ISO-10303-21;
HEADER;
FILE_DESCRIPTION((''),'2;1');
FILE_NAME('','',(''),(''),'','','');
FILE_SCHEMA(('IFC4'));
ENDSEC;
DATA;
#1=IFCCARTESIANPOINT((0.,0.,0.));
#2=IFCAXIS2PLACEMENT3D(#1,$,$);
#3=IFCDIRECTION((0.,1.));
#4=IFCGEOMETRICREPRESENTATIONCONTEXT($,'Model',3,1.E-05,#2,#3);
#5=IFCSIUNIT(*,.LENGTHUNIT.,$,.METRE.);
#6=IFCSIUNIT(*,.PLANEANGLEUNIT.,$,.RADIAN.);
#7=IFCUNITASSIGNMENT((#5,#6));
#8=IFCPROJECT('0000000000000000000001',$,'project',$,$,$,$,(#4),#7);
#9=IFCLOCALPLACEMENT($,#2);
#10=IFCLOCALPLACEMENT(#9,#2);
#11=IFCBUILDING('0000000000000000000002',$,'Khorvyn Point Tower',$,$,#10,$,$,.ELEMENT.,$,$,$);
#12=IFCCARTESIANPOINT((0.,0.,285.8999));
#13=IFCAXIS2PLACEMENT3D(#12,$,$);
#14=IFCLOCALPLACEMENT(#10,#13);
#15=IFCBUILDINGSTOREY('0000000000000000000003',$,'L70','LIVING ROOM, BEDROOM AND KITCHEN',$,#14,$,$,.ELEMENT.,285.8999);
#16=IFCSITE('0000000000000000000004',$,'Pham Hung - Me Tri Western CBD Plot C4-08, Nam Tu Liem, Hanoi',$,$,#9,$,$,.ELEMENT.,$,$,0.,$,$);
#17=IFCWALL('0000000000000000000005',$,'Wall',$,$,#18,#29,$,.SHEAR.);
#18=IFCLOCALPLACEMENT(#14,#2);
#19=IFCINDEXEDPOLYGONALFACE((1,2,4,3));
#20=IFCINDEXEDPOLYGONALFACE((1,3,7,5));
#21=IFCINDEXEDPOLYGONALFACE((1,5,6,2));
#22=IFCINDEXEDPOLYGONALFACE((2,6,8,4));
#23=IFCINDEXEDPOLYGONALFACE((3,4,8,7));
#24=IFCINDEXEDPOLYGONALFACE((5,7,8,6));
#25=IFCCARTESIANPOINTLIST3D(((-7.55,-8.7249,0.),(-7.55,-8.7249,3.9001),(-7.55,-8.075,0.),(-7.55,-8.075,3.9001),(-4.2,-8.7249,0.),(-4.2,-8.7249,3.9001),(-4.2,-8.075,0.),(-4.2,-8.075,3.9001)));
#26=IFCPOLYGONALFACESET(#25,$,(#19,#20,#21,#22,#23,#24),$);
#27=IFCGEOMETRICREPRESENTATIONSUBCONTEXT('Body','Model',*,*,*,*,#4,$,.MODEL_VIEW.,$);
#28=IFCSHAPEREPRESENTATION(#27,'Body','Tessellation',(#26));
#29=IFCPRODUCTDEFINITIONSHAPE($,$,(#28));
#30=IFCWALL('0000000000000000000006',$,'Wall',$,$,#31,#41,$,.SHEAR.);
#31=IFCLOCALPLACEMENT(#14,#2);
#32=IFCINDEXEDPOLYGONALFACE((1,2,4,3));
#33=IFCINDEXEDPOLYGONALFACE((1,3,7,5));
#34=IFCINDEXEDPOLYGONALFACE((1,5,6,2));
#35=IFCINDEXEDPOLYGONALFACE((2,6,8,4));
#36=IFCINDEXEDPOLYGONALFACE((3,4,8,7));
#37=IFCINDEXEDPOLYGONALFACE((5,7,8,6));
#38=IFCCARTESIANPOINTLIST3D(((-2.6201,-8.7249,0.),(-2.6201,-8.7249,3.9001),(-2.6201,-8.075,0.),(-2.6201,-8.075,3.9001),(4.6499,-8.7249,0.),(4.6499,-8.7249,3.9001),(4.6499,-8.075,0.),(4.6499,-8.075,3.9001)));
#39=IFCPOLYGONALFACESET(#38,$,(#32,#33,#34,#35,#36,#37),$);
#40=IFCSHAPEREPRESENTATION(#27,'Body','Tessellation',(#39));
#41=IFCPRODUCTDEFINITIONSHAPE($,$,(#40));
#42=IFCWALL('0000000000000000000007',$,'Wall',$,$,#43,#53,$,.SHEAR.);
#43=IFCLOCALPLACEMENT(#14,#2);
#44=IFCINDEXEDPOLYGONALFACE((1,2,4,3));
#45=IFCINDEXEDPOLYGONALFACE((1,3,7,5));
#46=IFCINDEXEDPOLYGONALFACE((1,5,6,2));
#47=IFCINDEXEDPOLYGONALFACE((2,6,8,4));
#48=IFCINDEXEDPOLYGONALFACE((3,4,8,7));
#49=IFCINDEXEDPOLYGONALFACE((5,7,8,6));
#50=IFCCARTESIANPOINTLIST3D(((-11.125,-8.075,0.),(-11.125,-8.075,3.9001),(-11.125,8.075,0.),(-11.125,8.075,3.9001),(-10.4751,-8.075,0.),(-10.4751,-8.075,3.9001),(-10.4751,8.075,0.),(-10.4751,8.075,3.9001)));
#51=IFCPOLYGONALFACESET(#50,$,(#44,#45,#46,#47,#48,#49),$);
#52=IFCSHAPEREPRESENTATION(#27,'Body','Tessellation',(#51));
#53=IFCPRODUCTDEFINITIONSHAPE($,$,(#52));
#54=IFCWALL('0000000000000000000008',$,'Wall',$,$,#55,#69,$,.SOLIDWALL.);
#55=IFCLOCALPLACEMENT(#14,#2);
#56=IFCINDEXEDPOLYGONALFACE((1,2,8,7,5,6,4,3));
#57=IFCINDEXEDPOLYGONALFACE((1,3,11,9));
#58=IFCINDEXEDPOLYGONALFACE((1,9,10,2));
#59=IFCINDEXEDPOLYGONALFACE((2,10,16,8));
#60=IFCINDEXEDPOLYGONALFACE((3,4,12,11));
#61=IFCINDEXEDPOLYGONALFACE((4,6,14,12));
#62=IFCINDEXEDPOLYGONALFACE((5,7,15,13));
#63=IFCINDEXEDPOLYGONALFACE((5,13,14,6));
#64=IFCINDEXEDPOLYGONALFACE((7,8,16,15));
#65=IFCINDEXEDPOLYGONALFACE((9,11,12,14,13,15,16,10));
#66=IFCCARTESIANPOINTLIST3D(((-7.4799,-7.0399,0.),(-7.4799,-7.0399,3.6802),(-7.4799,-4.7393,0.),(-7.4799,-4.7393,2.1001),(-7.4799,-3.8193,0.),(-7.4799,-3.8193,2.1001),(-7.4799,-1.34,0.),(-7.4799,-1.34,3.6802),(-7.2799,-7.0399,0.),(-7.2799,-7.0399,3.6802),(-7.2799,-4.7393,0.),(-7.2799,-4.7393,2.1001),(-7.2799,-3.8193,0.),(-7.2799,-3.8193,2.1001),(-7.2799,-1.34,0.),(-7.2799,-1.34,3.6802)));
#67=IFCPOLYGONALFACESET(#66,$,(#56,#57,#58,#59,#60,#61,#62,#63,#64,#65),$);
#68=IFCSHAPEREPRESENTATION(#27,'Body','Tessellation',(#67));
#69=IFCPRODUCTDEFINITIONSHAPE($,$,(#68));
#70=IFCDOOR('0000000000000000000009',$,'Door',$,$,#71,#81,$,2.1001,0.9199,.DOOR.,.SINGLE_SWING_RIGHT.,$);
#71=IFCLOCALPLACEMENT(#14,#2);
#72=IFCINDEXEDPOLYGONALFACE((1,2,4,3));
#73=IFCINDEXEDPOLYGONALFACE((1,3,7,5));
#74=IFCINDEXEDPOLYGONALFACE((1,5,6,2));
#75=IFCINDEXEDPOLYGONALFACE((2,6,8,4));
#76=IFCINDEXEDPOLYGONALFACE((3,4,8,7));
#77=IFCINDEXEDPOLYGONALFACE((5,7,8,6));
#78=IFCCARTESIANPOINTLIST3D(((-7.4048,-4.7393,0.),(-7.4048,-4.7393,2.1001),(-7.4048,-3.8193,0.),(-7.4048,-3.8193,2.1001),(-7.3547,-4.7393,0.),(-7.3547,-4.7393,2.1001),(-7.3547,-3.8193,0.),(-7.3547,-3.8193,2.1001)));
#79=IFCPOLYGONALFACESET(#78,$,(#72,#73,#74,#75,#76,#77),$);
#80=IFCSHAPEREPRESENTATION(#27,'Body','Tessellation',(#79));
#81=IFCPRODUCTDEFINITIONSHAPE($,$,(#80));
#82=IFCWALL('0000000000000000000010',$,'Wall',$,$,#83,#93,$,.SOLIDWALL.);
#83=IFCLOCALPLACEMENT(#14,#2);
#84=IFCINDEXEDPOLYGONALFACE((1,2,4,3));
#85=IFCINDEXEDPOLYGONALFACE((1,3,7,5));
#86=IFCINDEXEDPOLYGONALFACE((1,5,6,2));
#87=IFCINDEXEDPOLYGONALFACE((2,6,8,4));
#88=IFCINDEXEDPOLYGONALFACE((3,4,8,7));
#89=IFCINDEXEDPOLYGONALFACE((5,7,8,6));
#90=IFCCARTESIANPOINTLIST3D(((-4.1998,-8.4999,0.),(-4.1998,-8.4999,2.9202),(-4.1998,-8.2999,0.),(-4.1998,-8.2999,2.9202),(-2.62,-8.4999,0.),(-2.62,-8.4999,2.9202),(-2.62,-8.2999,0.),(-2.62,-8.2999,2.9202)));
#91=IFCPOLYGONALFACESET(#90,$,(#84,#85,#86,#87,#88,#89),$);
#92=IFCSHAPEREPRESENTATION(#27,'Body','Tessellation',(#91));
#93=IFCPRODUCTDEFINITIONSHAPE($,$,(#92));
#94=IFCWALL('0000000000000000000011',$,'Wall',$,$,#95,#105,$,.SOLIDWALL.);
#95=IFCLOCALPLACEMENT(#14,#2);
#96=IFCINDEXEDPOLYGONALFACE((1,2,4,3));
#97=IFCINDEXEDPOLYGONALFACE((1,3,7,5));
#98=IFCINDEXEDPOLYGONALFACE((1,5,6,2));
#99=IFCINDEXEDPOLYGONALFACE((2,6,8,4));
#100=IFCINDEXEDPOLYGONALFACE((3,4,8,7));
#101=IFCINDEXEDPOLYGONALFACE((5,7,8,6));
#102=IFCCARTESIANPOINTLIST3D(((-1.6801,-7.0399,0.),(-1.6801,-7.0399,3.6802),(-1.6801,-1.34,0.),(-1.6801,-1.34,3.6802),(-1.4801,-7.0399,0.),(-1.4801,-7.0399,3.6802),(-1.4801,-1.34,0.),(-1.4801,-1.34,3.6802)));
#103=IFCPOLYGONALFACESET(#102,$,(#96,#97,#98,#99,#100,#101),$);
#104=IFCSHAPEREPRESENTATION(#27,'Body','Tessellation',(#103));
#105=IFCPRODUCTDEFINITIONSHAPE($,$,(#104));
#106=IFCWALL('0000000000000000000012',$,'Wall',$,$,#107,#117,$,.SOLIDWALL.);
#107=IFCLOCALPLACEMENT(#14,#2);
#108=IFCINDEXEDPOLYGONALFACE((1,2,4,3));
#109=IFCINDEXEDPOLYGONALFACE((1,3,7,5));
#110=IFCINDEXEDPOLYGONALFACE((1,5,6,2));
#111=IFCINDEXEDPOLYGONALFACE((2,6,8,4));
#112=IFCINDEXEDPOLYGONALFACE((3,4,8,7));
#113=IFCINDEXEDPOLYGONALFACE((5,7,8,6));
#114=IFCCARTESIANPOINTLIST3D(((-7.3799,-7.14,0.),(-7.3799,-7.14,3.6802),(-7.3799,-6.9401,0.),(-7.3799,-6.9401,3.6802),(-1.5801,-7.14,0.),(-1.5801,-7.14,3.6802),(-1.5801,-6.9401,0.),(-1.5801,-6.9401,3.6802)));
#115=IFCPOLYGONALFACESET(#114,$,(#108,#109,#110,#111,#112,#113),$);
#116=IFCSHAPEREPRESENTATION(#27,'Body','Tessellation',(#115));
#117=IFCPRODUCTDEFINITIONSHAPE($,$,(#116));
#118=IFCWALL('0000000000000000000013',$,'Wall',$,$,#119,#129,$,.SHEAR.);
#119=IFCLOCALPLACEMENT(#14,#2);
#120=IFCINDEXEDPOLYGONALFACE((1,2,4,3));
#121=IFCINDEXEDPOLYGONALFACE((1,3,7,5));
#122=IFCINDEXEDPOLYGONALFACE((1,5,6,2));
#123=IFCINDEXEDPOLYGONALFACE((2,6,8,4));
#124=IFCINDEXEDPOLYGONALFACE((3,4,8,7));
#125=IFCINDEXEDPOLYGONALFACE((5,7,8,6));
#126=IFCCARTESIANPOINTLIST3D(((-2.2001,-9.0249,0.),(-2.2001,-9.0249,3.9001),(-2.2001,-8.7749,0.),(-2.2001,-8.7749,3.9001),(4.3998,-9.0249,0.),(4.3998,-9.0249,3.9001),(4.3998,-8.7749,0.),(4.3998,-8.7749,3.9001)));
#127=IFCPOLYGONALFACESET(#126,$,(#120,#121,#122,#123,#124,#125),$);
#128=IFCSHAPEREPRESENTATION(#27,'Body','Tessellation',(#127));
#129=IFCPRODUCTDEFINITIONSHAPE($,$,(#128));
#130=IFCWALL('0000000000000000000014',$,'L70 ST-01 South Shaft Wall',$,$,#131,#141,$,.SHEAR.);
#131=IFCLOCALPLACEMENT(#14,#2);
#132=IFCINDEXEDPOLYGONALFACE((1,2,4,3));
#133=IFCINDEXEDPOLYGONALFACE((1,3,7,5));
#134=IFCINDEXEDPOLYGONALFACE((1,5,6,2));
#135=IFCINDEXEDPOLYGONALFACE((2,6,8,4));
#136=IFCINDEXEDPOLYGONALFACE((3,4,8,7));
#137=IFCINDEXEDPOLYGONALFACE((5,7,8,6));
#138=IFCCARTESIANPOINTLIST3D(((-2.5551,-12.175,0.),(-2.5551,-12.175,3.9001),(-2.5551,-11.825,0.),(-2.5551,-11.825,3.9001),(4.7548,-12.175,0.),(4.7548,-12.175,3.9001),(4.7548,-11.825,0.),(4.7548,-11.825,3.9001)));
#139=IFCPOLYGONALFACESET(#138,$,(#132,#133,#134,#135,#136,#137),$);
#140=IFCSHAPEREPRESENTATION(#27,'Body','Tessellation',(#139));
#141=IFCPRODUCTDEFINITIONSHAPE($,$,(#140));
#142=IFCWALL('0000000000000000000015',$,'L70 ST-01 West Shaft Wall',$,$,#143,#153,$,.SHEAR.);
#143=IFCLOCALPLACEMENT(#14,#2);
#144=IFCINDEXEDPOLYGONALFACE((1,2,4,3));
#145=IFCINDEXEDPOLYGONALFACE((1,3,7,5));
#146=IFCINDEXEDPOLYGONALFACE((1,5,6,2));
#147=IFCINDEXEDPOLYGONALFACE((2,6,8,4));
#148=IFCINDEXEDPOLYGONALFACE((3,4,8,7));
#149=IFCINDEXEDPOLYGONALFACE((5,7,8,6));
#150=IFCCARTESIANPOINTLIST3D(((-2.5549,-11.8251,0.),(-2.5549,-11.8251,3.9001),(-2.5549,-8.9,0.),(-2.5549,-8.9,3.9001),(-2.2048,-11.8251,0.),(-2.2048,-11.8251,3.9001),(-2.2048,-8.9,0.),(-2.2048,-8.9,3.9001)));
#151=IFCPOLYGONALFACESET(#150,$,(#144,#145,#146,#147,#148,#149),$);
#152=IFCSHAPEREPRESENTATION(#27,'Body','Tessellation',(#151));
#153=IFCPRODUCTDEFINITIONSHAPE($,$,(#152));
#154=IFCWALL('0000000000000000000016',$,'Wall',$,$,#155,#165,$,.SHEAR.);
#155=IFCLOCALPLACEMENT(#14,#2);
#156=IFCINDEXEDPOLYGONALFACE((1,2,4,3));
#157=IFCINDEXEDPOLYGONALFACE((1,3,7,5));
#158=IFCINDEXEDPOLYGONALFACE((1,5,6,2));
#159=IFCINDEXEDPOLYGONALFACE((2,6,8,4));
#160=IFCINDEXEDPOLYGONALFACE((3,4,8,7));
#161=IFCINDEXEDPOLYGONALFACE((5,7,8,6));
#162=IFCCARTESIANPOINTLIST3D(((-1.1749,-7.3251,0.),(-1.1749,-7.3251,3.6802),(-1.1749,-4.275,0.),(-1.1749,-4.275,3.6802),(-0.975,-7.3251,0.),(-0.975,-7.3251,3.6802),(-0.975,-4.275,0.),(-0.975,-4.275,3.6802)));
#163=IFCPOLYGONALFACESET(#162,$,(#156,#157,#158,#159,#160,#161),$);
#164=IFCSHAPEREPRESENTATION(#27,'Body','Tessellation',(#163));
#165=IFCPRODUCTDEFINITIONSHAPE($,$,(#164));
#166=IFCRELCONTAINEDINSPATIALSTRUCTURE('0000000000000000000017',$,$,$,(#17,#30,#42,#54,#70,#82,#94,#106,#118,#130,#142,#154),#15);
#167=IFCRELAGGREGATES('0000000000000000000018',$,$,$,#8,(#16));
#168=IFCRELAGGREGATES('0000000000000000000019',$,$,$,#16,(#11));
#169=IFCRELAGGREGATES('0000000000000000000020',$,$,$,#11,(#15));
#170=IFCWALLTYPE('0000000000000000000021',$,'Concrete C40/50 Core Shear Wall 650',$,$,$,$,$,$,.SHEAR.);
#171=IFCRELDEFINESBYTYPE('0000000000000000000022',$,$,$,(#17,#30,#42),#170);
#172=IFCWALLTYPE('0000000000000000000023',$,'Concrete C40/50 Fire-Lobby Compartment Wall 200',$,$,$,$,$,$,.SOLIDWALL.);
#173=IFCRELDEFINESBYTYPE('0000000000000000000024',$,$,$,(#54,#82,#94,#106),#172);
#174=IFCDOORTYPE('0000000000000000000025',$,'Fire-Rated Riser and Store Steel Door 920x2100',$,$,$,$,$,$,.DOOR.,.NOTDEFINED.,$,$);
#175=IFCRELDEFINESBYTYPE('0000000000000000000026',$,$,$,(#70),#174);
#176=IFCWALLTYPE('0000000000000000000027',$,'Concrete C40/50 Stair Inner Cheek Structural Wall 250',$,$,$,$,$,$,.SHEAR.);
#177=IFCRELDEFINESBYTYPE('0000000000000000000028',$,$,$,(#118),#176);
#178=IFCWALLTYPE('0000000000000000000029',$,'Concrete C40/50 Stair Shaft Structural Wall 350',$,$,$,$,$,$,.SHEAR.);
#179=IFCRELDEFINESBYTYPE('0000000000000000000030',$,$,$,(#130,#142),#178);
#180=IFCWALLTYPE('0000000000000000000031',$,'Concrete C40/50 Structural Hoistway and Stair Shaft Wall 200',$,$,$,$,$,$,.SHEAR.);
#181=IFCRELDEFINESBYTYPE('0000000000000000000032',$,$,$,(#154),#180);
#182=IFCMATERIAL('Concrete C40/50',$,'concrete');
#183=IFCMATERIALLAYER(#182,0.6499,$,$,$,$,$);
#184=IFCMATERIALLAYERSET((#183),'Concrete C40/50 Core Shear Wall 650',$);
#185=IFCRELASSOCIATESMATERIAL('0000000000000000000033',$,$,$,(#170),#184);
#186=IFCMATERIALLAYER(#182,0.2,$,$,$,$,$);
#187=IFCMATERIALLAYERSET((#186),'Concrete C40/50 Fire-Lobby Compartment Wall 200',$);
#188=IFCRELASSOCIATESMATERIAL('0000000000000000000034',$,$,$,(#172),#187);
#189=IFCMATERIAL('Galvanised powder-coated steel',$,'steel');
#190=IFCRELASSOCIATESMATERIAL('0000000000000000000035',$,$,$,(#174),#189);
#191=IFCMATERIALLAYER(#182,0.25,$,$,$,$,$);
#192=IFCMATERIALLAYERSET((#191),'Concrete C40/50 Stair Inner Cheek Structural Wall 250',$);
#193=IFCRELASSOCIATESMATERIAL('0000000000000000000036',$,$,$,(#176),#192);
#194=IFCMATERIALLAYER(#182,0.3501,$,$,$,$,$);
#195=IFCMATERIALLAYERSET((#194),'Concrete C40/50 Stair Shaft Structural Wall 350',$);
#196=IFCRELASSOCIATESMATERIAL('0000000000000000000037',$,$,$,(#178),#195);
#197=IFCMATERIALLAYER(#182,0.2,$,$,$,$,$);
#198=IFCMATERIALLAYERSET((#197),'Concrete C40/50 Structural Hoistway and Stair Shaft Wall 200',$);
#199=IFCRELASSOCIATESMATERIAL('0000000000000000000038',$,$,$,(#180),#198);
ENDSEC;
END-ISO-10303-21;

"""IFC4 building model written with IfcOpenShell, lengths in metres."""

from ifc_helpers import new_model, si_unit, direction, frame, frame_2d, origin, place, context, subcontext, project, spatial, rectangle, extrude, material, layer, layer_set, type_object, element, fill, save


model = new_model("IFC4")

# Units and contexts
model_context = context("Model", 3, precision=1e-05, world=origin(), true_north=direction((0.0, 1.0)))
body_context = subcontext(model_context, "Body", "Model", "MODEL_VIEW")
ifc_project = project(units=[si_unit("LENGTHUNIT", "METRE"), si_unit("PLANEANGLEUNIT", "RADIAN")], contexts=[model_context])

# Site, building, storey
site_placement = place(None, origin())
site = spatial("IfcSite", under=ifc_project, at=site_placement, Name="Pham Hung - Me Tri Western CBD Plot C4-08, Nam Tu Liem, Hanoi", CompositionType="ELEMENT", RefElevation=0.0)
building_placement = place(site_placement, origin())
building = spatial("IfcBuilding", under=site, at=building_placement, Name="Khorvyn Point Tower", CompositionType="ELEMENT")
storey_placement = place(building_placement, frame((0.0, 0.0, 285.8999)))
storey = spatial("IfcBuildingStorey", under=building, at=storey_placement, Name="L70", Description="LIVING ROOM, BEDROOM AND KITCHEN", CompositionType="ELEMENT", Elevation=285.8999)

# Shared definitions
ifc_material_1 = material(Name="Concrete C40/50", Category="concrete")

# Walls
ifc_layer_1 = layer(ifc_material_1, 0.6499)
ifc_layer_set_1 = layer_set([ifc_layer_1], Name="Concrete C40/50 Core Shear Wall 650")
wall_type_1 = type_object("IfcWallType", Name="Concrete C40/50 Core Shear Wall 650", PredefinedType="SHEAR", material=ifc_layer_set_1)
wall_1_placement = place(storey_placement, frame((-7.55, -8.3999, 0.0), z_axis=(0.0, 0.0, 1.0), x_axis=(1.0, 0.0, 0.0)))
element("IfcWall", 1, at=wall_1_placement, inside=storey, type_object=wall_type_1, Name="Wall", PredefinedType="SHEAR", context=body_context, shape_type="SweptSolid", body=[
    extrude(rectangle(XDim=3.3501, YDim=0.6499, at=frame_2d((1.675, 0.0))), origin(), (0.0, 0.0, 1.0), 3.9001),
])
wall_2_placement = place(storey_placement, frame((-2.6201, -8.3999, 0.0), z_axis=(0.0, 0.0, 1.0), x_axis=(1.0, 0.0, 0.0)))
element("IfcWall", 2, at=wall_2_placement, inside=storey, type_object=wall_type_1, Name="Wall", PredefinedType="SHEAR", context=body_context, shape_type="SweptSolid", body=[
    extrude(rectangle(XDim=7.27, YDim=0.6499, at=frame_2d((3.635, 0.0))), origin(), (0.0, 0.0, 1.0), 3.9001),
])
wall_3_placement = place(storey_placement, frame((-10.8, -8.075, 0.0), z_axis=(0.0, 0.0, 1.0), x_axis=(0.0, 1.0, 0.0)))
element("IfcWall", 3, at=wall_3_placement, inside=storey, type_object=wall_type_1, Name="Wall", PredefinedType="SHEAR", context=body_context, shape_type="SweptSolid", body=[
    extrude(rectangle(XDim=16.1499, YDim=0.6499, at=frame_2d((8.075, 0.0))), origin(), (0.0, 0.0, 1.0), 3.9001),
])

# Wall, opening, door
ifc_layer_2 = layer(ifc_material_1, 0.2)
ifc_layer_set_2 = layer_set([ifc_layer_2], Name="Concrete C40/50 Fire-Lobby Compartment Wall 200")
wall_type_2 = type_object("IfcWallType", Name="Concrete C40/50 Fire-Lobby Compartment Wall 200", PredefinedType="SOLIDWALL", material=ifc_layer_set_2)
ifc_material_2 = material(Name="Galvanised powder-coated steel", Category="steel")
wall_4_placement = place(storey_placement, frame((-7.3799, -7.04, 0.0), z_axis=(0.0, 0.0, 1.0), x_axis=(0.0, 1.0, 0.0)))
wall_4 = element("IfcWall", 4, at=wall_4_placement, inside=storey, type_object=wall_type_2, Name="Wall", PredefinedType="SOLIDWALL", context=body_context, shape_type="SweptSolid", body=[
    extrude(rectangle(XDim=5.7, YDim=0.2, at=frame_2d((2.8501, 0.0))), origin(), (0.0, 0.0, 1.0), 3.6802),
])
opening_1_placement = place(wall_4_placement, frame((2.3008, 0.0, 0.0)))
opening_1 = element("IfcOpeningElement", 5, at=opening_1_placement, cuts=wall_4, PredefinedType="OPENING", context=body_context, shape_type="SweptSolid", body=[
    extrude(rectangle(XDim=0.9199, YDim=2.1001, at=frame_2d((0.46, 1.05))), frame((0.0, 0.1099, 0.0), z_axis=(0.0, -1.0, 0.0), x_axis=(1.0, 0.0, 0.0)), (0.0, 0.0, 1.0), 0.22),
])
door_type_1 = type_object("IfcDoorType", Name="Fire-Rated Riser and Store Steel Door 920x2100", OperationType="NOTDEFINED", PredefinedType="DOOR", material=ifc_material_2)
door_1_placement = place(opening_1_placement, origin())
door_1 = element("IfcDoor", 6, at=door_1_placement, inside=storey, type_object=door_type_1, Name="Door", OperationType="SINGLE_SWING_RIGHT", OverallHeight=2.1001, OverallWidth=0.9199, PredefinedType="DOOR", context=body_context, shape_type="SweptSolid", body=[
    extrude(rectangle(XDim=0.9199, YDim=2.1001, at=frame_2d((0.46, 1.05))), frame((0.0, 0.0249, 0.0), z_axis=(0.0, -1.0, 0.0), x_axis=(1.0, 0.0, 0.0)), (0.0, 0.0, 1.0), 0.05),
])
fill(opening_1, door_1)

# Walls
wall_5_placement = place(storey_placement, frame((-4.2, -8.3999, 0.0), z_axis=(0.0, 0.0, 1.0), x_axis=(1.0, 0.0, 0.0)))
element("IfcWall", 7, at=wall_5_placement, inside=storey, type_object=wall_type_2, Name="Wall", PredefinedType="SOLIDWALL", context=body_context, shape_type="SweptSolid", body=[
    extrude(rectangle(XDim=1.5798, YDim=0.2, at=frame_2d((0.79, 0.0))), origin(), (0.0, 0.0, 1.0), 2.9202),
])
wall_6_placement = place(storey_placement, frame((-1.5801, -7.04, 0.0), z_axis=(0.0, 0.0, 1.0), x_axis=(0.0, 1.0, 0.0)))
element("IfcWall", 8, at=wall_6_placement, inside=storey, type_object=wall_type_2, Name="Wall", PredefinedType="SOLIDWALL", context=body_context, shape_type="SweptSolid", body=[
    extrude(rectangle(XDim=5.7, YDim=0.2, at=frame_2d((2.8501, 0.0))), origin(), (0.0, 0.0, 1.0), 3.6802),
])
wall_7_placement = place(storey_placement, frame((-7.3799, -7.04, 0.0), z_axis=(0.0, 0.0, 1.0), x_axis=(1.0, 0.0, 0.0)))
element("IfcWall", 9, at=wall_7_placement, inside=storey, type_object=wall_type_2, Name="Wall", PredefinedType="SOLIDWALL", context=body_context, shape_type="SweptSolid", body=[
    extrude(rectangle(XDim=5.7998, YDim=0.2, at=frame_2d((2.8999, 0.0))), origin(), (0.0, 0.0, 1.0), 3.6802),
])
ifc_layer_3 = layer(ifc_material_1, 0.25)
ifc_layer_set_3 = layer_set([ifc_layer_3], Name="Concrete C40/50 Stair Inner Cheek Structural Wall 250")
wall_type_3 = type_object("IfcWallType", Name="Concrete C40/50 Stair Inner Cheek Structural Wall 250", PredefinedType="SHEAR", material=ifc_layer_set_3)
wall_8_placement = place(storey_placement, frame((-2.2, -8.8999, 0.0), z_axis=(0.0, 0.0, 1.0), x_axis=(1.0, 0.0, 0.0)))
element("IfcWall", 10, at=wall_8_placement, inside=storey, type_object=wall_type_3, Name="Wall", PredefinedType="SHEAR", context=body_context, shape_type="SweptSolid", body=[
    extrude(rectangle(XDim=6.5999, YDim=0.25, at=frame_2d((3.2998, 0.0))), origin(), (0.0, 0.0, 1.0), 3.9001),
])
ifc_layer_4 = layer(ifc_material_1, 0.3501)
ifc_layer_set_4 = layer_set([ifc_layer_4], Name="Concrete C40/50 Stair Shaft Structural Wall 350")
wall_type_4 = type_object("IfcWallType", Name="Concrete C40/50 Stair Shaft Structural Wall 350", PredefinedType="SHEAR", material=ifc_layer_set_4)
wall_9_placement = place(storey_placement, frame((-2.5549, -12.0, 0.0), z_axis=(0.0, 0.0, 1.0), x_axis=(1.0, 0.0, 0.0)))
element("IfcWall", 11, at=wall_9_placement, inside=storey, type_object=wall_type_4, Name="L70 ST-01 South Shaft Wall", PredefinedType="SHEAR", context=body_context, shape_type="SweptSolid", body=[
    extrude(rectangle(XDim=7.3098, YDim=0.3501, at=frame_2d((3.6548, 0.0))), origin(), (0.0, 0.0, 1.0), 3.9001),
])
wall_10_placement = place(storey_placement, frame((-2.3799, -11.825, 0.0), z_axis=(0.0, 0.0, 1.0), x_axis=(0.0, 1.0, 0.0)))
element("IfcWall", 12, at=wall_10_placement, inside=storey, type_object=wall_type_4, Name="L70 ST-01 West Shaft Wall", PredefinedType="SHEAR", context=body_context, shape_type="SweptSolid", body=[
    extrude(rectangle(XDim=2.925, YDim=0.3501, at=frame_2d((1.4624, 0.0))), origin(), (0.0, 0.0, 1.0), 3.9001),
])
ifc_layer_5 = layer(ifc_material_1, 0.2)
ifc_layer_set_5 = layer_set([ifc_layer_5], Name="Concrete C40/50 Structural Hoistway and Stair Shaft Wall 200")
wall_type_5 = type_object("IfcWallType", Name="Concrete C40/50 Structural Hoistway and Stair Shaft Wall 200", PredefinedType="SHEAR", material=ifc_layer_set_5)
wall_11_placement = place(storey_placement, frame((-1.075, -7.325, 0.0), z_axis=(0.0, 0.0, 1.0), x_axis=(0.0, 1.0, 0.0)))
element("IfcWall", 13, at=wall_11_placement, inside=storey, type_object=wall_type_5, Name="Wall", PredefinedType="SHEAR", context=body_context, shape_type="SweptSolid", body=[
    extrude(rectangle(XDim=3.05, YDim=0.2, at=frame_2d((1.5249, 0.0))), origin(), (0.0, 0.0, 1.0), 3.6802),
])

save(model, "model.ifc")
